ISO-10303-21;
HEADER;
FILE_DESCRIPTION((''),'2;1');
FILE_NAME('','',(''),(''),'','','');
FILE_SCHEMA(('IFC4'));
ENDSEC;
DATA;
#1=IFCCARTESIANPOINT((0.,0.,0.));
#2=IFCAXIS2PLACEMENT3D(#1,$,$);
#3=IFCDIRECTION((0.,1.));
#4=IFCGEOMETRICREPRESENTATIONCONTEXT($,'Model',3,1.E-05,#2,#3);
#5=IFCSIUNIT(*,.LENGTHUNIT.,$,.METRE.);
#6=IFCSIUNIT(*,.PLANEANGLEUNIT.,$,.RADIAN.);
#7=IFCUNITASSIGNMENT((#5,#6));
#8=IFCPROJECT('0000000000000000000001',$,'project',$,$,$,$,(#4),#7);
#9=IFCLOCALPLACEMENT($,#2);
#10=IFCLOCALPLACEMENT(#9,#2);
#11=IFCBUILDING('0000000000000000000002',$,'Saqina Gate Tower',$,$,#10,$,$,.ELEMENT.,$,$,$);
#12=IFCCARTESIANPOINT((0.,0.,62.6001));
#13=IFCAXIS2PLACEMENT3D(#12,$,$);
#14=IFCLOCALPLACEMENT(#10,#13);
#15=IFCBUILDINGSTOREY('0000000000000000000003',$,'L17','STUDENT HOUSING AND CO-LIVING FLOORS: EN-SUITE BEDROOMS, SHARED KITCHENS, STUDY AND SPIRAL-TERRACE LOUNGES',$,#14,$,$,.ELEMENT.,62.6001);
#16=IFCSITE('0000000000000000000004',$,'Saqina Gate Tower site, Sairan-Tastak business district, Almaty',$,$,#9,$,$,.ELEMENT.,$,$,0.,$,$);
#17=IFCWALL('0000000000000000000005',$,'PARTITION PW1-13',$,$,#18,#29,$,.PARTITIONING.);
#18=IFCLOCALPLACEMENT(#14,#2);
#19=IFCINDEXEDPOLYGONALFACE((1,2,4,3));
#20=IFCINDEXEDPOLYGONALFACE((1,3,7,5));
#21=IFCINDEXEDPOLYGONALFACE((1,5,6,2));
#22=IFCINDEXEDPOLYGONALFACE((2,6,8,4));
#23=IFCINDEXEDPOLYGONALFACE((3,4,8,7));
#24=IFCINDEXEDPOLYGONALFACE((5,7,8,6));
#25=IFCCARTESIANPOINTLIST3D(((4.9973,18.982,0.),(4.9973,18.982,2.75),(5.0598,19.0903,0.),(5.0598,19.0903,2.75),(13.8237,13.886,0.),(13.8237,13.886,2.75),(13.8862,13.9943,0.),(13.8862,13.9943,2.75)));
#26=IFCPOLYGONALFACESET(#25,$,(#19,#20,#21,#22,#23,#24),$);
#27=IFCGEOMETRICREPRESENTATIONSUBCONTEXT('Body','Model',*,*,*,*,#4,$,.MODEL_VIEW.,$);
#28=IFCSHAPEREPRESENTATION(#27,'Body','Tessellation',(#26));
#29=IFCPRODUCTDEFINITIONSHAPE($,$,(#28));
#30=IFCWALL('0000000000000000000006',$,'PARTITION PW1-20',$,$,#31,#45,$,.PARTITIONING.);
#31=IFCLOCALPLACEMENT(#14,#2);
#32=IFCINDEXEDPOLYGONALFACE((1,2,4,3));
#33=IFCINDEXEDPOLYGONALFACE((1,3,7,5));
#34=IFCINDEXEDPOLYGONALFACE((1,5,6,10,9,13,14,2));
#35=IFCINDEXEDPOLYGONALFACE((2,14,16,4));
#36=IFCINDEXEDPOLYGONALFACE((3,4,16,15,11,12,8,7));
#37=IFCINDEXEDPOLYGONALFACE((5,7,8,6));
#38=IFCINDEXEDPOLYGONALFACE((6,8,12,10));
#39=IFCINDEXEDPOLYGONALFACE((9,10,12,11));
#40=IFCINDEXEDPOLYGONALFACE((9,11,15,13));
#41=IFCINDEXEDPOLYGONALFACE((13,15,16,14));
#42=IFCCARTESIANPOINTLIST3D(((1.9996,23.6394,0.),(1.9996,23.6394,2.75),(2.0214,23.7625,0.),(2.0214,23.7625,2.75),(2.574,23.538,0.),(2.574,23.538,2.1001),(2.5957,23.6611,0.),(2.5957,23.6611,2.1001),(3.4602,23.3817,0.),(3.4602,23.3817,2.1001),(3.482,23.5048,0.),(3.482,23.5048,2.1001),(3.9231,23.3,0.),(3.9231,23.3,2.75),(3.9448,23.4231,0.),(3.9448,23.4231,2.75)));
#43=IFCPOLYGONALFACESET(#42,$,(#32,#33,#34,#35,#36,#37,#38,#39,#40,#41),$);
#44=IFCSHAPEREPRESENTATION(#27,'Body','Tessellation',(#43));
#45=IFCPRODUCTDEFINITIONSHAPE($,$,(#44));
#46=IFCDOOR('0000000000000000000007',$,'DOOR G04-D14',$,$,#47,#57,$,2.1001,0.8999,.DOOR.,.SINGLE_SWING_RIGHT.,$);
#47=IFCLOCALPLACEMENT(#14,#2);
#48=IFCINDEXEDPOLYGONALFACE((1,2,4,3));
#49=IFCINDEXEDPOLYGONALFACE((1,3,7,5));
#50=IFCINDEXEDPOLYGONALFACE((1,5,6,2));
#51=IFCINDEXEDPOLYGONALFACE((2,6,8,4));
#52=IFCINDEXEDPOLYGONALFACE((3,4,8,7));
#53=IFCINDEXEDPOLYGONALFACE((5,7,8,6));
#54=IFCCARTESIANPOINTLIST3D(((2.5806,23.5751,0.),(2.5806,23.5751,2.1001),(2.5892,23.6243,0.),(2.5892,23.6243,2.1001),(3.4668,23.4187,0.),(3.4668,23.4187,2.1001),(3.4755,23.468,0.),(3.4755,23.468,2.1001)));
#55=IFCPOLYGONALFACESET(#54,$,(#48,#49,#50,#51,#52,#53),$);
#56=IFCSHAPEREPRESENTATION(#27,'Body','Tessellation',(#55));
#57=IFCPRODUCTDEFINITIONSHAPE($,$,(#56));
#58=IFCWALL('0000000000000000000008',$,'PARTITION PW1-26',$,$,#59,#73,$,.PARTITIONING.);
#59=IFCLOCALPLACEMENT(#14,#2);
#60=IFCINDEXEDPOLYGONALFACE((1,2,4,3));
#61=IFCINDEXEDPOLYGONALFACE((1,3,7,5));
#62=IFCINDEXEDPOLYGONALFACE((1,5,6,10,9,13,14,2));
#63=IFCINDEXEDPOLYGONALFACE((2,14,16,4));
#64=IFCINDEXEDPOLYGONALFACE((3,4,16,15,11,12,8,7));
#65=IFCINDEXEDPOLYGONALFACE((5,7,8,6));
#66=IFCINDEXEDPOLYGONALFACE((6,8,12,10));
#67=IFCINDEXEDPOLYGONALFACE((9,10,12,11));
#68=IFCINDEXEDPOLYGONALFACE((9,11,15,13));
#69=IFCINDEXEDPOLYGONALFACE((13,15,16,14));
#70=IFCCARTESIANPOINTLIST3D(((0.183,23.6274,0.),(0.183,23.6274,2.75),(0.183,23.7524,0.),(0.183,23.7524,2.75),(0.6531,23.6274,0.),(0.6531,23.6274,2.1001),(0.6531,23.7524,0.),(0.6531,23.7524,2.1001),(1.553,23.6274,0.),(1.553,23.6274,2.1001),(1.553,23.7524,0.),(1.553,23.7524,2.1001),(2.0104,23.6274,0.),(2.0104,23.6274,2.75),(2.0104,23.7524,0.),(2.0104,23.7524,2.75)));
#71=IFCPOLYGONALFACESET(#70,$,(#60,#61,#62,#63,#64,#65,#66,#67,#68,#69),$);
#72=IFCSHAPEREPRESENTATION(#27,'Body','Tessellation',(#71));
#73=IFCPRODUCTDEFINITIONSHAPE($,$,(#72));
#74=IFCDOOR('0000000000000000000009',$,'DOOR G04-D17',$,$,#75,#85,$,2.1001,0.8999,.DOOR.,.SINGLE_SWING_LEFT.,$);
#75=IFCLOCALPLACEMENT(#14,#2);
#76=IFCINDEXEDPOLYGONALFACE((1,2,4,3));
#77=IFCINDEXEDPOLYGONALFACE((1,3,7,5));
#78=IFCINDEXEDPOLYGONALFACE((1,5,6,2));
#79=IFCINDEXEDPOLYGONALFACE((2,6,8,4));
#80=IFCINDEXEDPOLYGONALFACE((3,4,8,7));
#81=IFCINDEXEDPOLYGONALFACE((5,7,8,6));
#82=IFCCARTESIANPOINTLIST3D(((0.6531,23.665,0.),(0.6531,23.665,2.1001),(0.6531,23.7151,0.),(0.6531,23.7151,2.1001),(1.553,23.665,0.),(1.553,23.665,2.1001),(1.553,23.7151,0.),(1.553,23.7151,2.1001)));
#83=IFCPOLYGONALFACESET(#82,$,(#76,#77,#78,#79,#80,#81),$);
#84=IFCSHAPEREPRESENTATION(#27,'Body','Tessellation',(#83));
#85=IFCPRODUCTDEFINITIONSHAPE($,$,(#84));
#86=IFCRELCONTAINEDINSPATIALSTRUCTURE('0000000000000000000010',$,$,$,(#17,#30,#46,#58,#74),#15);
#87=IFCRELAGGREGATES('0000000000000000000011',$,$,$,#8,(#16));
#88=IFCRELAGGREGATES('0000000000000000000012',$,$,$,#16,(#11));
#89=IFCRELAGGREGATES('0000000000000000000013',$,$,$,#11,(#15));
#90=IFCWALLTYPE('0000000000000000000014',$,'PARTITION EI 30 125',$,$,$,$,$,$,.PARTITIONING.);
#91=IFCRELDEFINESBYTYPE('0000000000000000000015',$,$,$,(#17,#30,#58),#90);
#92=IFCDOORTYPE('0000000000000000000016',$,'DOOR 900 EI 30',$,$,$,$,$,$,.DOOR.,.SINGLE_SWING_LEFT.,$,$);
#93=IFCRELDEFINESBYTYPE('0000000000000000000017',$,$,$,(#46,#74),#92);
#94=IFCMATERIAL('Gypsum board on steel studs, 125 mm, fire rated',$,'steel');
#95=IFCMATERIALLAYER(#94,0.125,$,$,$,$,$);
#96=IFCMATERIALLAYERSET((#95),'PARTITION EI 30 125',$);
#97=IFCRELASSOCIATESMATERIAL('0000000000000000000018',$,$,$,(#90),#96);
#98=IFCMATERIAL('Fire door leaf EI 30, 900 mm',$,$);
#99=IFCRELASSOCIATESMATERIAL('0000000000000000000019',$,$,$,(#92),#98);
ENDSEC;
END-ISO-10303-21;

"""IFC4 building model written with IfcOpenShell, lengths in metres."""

from ifc_helpers import new_model, si_unit, direction, frame, frame_2d, origin, place, context, subcontext, project, spatial, rectangle, extrude, material, layer, layer_set, type_object, element, fill, save


model = new_model("IFC4")

# Units and contexts
model_context = context("Model", 3, precision=1e-05, world=origin(), true_north=direction((0.0, 1.0)))
body_context = subcontext(model_context, "Body", "Model", "MODEL_VIEW")
ifc_project = project(units=[si_unit("LENGTHUNIT", "METRE"), si_unit("PLANEANGLEUNIT", "RADIAN")], contexts=[model_context])

# Site, building, storey
site_placement = place(None, origin())
site = spatial("IfcSite", under=ifc_project, at=site_placement, Name="Saqina Gate Tower site, Sairan-Tastak business district, Almaty", CompositionType="ELEMENT", RefElevation=0.0)
building_placement = place(site_placement, origin())
building = spatial("IfcBuilding", under=site, at=building_placement, Name="Saqina Gate Tower", CompositionType="ELEMENT")
storey_placement = place(building_placement, frame((0.0, 0.0, 62.6001)))
storey = spatial("IfcBuildingStorey", under=building, at=storey_placement, Name="L17", Description="STUDENT HOUSING AND CO-LIVING FLOORS: EN-SUITE BEDROOMS, SHARED KITCHENS, STUDY AND SPIRAL-TERRACE LOUNGES", CompositionType="ELEMENT", Elevation=62.6001)

# Wall
ifc_material_1 = material(Name="Gypsum board on steel studs, 125 mm, fire rated", Category="steel")
ifc_layer_1 = layer(ifc_material_1, 0.125)
ifc_layer_set_1 = layer_set([ifc_layer_1], Name="PARTITION EI 30 125")
wall_type_1 = type_object("IfcWallType", Name="PARTITION EI 30 125", PredefinedType="PARTITIONING", material=ifc_layer_set_1)
wall_1_placement = place(storey_placement, frame((5.0286, 19.0361, 0.0), z_axis=(0.0, 0.0, 1.0), x_axis=(0.866025, -0.500001, 0.0)))
element("IfcWall", 1, at=wall_1_placement, inside=storey, type_object=wall_type_1, Name="PARTITION PW1-13", PredefinedType="PARTITIONING", context=body_context, shape_type="SweptSolid", body=[
    extrude(rectangle(XDim=10.1919, YDim=0.125, at=frame_2d((5.0959, 0.0))), origin(), (0.0, 0.0, 1.0), 2.75),
])

# Walls, openings, doors
wall_2_placement = place(storey_placement, frame((2.0105, 23.7009, 0.0), z_axis=(0.0, 0.0, 1.0), x_axis=(0.984789, -0.173757, 0.0)))
wall_2 = element("IfcWall", 2, at=wall_2_placement, inside=storey, type_object=wall_type_1, Name="PARTITION PW1-20", PredefinedType="PARTITIONING", context=body_context, shape_type="SweptSolid", body=[
    extrude(rectangle(XDim=1.9531, YDim=0.125, at=frame_2d((0.9766, 0.0))), origin(), (0.0, 0.0, 1.0), 2.75),
])
opening_1_placement = place(wall_2_placement, frame((0.5833, 0.0, 0.0)))
opening_1 = element("IfcOpeningElement", 3, at=opening_1_placement, cuts=wall_2, PredefinedType="OPENING", context=body_context, shape_type="SweptSolid", body=[
    extrude(rectangle(XDim=0.8999, YDim=2.1001, at=frame_2d((0.45, 1.05))), frame((0.0, 0.0745, 0.0), z_axis=(0.0, -1.0, 0.0), x_axis=(1.0, 0.0, 0.0)), (0.0, 0.0, 1.0), 0.1489),
])
ifc_material_2 = material(Name="Fire door leaf EI 30, 900 mm")
door_type_1 = type_object("IfcDoorType", Name="DOOR 900 EI 30", OperationType="SINGLE_SWING_LEFT", PredefinedType="DOOR", material=ifc_material_2)
door_1_placement = place(opening_1_placement, frame((0.8999, 0.0, 0.0), z_axis=(0.0, 0.0, 1.0), x_axis=(-1.0, 0.0, 0.0)))
door_1 = element("IfcDoor", 4, at=door_1_placement, inside=storey, type_object=door_type_1, Name="DOOR G04-D14", OperationType="SINGLE_SWING_RIGHT", OverallHeight=2.1001, OverallWidth=0.8999, PredefinedType="DOOR", context=body_context, shape_type="SweptSolid", body=[
    extrude(rectangle(XDim=0.8999, YDim=2.1001, at=frame_2d((0.45, 1.05))), frame((0.0, 0.0249, 0.0), z_axis=(0.0, -1.0, 0.0), x_axis=(1.0, 0.0, 0.0)), (0.0, 0.0, 1.0), 0.05),
])
fill(opening_1, door_1)
wall_3_placement = place(storey_placement, frame((0.1831, 23.6899, 0.0), z_axis=(0.0, 0.0, 1.0), x_axis=(1.0, 0.0, 0.0)))
wall_3 = element("IfcWall", 5, at=wall_3_placement, inside=storey, type_object=wall_type_1, Name="PARTITION PW1-26", PredefinedType="PARTITIONING", context=body_context, shape_type="SweptSolid", body=[
    extrude(rectangle(XDim=1.8274, YDim=0.125, at=frame_2d((0.9136, 0.0))), origin(), (0.0, 0.0, 1.0), 2.75),
])
opening_2_placement = place(wall_3_placement, frame((0.47, 0.0, 0.0)))
opening_2 = element("IfcOpeningElement", 6, at=opening_2_placement, cuts=wall_3, PredefinedType="OPENING", context=body_context, shape_type="SweptSolid", body=[
    extrude(rectangle(XDim=0.8999, YDim=2.1001, at=frame_2d((0.45, 1.05))), frame((0.0, 0.0745, 0.0), z_axis=(0.0, -1.0, 0.0), x_axis=(1.0, 0.0, 0.0)), (0.0, 0.0, 1.0), 0.1489),
])
door_2_placement = place(opening_2_placement, frame((0.8999, 0.0, 0.0), z_axis=(0.0, 0.0, 1.0), x_axis=(-1.0, 0.0, 0.0)))
door_2 = element("IfcDoor", 7, at=door_2_placement, inside=storey, type_object=door_type_1, Name="DOOR G04-D17", OperationType="SINGLE_SWING_LEFT", OverallHeight=2.1001, OverallWidth=0.8999, PredefinedType="DOOR", context=body_context, shape_type="SweptSolid", body=[
    extrude(rectangle(XDim=0.8999, YDim=2.1001, at=frame_2d((0.45, 1.05))), frame((0.0, 0.0249, 0.0), z_axis=(0.0, -1.0, 0.0), x_axis=(1.0, 0.0, 0.0)), (0.0, 0.0, 1.0), 0.05),
])
fill(opening_2, door_2)

save(model, "model.ifc")
